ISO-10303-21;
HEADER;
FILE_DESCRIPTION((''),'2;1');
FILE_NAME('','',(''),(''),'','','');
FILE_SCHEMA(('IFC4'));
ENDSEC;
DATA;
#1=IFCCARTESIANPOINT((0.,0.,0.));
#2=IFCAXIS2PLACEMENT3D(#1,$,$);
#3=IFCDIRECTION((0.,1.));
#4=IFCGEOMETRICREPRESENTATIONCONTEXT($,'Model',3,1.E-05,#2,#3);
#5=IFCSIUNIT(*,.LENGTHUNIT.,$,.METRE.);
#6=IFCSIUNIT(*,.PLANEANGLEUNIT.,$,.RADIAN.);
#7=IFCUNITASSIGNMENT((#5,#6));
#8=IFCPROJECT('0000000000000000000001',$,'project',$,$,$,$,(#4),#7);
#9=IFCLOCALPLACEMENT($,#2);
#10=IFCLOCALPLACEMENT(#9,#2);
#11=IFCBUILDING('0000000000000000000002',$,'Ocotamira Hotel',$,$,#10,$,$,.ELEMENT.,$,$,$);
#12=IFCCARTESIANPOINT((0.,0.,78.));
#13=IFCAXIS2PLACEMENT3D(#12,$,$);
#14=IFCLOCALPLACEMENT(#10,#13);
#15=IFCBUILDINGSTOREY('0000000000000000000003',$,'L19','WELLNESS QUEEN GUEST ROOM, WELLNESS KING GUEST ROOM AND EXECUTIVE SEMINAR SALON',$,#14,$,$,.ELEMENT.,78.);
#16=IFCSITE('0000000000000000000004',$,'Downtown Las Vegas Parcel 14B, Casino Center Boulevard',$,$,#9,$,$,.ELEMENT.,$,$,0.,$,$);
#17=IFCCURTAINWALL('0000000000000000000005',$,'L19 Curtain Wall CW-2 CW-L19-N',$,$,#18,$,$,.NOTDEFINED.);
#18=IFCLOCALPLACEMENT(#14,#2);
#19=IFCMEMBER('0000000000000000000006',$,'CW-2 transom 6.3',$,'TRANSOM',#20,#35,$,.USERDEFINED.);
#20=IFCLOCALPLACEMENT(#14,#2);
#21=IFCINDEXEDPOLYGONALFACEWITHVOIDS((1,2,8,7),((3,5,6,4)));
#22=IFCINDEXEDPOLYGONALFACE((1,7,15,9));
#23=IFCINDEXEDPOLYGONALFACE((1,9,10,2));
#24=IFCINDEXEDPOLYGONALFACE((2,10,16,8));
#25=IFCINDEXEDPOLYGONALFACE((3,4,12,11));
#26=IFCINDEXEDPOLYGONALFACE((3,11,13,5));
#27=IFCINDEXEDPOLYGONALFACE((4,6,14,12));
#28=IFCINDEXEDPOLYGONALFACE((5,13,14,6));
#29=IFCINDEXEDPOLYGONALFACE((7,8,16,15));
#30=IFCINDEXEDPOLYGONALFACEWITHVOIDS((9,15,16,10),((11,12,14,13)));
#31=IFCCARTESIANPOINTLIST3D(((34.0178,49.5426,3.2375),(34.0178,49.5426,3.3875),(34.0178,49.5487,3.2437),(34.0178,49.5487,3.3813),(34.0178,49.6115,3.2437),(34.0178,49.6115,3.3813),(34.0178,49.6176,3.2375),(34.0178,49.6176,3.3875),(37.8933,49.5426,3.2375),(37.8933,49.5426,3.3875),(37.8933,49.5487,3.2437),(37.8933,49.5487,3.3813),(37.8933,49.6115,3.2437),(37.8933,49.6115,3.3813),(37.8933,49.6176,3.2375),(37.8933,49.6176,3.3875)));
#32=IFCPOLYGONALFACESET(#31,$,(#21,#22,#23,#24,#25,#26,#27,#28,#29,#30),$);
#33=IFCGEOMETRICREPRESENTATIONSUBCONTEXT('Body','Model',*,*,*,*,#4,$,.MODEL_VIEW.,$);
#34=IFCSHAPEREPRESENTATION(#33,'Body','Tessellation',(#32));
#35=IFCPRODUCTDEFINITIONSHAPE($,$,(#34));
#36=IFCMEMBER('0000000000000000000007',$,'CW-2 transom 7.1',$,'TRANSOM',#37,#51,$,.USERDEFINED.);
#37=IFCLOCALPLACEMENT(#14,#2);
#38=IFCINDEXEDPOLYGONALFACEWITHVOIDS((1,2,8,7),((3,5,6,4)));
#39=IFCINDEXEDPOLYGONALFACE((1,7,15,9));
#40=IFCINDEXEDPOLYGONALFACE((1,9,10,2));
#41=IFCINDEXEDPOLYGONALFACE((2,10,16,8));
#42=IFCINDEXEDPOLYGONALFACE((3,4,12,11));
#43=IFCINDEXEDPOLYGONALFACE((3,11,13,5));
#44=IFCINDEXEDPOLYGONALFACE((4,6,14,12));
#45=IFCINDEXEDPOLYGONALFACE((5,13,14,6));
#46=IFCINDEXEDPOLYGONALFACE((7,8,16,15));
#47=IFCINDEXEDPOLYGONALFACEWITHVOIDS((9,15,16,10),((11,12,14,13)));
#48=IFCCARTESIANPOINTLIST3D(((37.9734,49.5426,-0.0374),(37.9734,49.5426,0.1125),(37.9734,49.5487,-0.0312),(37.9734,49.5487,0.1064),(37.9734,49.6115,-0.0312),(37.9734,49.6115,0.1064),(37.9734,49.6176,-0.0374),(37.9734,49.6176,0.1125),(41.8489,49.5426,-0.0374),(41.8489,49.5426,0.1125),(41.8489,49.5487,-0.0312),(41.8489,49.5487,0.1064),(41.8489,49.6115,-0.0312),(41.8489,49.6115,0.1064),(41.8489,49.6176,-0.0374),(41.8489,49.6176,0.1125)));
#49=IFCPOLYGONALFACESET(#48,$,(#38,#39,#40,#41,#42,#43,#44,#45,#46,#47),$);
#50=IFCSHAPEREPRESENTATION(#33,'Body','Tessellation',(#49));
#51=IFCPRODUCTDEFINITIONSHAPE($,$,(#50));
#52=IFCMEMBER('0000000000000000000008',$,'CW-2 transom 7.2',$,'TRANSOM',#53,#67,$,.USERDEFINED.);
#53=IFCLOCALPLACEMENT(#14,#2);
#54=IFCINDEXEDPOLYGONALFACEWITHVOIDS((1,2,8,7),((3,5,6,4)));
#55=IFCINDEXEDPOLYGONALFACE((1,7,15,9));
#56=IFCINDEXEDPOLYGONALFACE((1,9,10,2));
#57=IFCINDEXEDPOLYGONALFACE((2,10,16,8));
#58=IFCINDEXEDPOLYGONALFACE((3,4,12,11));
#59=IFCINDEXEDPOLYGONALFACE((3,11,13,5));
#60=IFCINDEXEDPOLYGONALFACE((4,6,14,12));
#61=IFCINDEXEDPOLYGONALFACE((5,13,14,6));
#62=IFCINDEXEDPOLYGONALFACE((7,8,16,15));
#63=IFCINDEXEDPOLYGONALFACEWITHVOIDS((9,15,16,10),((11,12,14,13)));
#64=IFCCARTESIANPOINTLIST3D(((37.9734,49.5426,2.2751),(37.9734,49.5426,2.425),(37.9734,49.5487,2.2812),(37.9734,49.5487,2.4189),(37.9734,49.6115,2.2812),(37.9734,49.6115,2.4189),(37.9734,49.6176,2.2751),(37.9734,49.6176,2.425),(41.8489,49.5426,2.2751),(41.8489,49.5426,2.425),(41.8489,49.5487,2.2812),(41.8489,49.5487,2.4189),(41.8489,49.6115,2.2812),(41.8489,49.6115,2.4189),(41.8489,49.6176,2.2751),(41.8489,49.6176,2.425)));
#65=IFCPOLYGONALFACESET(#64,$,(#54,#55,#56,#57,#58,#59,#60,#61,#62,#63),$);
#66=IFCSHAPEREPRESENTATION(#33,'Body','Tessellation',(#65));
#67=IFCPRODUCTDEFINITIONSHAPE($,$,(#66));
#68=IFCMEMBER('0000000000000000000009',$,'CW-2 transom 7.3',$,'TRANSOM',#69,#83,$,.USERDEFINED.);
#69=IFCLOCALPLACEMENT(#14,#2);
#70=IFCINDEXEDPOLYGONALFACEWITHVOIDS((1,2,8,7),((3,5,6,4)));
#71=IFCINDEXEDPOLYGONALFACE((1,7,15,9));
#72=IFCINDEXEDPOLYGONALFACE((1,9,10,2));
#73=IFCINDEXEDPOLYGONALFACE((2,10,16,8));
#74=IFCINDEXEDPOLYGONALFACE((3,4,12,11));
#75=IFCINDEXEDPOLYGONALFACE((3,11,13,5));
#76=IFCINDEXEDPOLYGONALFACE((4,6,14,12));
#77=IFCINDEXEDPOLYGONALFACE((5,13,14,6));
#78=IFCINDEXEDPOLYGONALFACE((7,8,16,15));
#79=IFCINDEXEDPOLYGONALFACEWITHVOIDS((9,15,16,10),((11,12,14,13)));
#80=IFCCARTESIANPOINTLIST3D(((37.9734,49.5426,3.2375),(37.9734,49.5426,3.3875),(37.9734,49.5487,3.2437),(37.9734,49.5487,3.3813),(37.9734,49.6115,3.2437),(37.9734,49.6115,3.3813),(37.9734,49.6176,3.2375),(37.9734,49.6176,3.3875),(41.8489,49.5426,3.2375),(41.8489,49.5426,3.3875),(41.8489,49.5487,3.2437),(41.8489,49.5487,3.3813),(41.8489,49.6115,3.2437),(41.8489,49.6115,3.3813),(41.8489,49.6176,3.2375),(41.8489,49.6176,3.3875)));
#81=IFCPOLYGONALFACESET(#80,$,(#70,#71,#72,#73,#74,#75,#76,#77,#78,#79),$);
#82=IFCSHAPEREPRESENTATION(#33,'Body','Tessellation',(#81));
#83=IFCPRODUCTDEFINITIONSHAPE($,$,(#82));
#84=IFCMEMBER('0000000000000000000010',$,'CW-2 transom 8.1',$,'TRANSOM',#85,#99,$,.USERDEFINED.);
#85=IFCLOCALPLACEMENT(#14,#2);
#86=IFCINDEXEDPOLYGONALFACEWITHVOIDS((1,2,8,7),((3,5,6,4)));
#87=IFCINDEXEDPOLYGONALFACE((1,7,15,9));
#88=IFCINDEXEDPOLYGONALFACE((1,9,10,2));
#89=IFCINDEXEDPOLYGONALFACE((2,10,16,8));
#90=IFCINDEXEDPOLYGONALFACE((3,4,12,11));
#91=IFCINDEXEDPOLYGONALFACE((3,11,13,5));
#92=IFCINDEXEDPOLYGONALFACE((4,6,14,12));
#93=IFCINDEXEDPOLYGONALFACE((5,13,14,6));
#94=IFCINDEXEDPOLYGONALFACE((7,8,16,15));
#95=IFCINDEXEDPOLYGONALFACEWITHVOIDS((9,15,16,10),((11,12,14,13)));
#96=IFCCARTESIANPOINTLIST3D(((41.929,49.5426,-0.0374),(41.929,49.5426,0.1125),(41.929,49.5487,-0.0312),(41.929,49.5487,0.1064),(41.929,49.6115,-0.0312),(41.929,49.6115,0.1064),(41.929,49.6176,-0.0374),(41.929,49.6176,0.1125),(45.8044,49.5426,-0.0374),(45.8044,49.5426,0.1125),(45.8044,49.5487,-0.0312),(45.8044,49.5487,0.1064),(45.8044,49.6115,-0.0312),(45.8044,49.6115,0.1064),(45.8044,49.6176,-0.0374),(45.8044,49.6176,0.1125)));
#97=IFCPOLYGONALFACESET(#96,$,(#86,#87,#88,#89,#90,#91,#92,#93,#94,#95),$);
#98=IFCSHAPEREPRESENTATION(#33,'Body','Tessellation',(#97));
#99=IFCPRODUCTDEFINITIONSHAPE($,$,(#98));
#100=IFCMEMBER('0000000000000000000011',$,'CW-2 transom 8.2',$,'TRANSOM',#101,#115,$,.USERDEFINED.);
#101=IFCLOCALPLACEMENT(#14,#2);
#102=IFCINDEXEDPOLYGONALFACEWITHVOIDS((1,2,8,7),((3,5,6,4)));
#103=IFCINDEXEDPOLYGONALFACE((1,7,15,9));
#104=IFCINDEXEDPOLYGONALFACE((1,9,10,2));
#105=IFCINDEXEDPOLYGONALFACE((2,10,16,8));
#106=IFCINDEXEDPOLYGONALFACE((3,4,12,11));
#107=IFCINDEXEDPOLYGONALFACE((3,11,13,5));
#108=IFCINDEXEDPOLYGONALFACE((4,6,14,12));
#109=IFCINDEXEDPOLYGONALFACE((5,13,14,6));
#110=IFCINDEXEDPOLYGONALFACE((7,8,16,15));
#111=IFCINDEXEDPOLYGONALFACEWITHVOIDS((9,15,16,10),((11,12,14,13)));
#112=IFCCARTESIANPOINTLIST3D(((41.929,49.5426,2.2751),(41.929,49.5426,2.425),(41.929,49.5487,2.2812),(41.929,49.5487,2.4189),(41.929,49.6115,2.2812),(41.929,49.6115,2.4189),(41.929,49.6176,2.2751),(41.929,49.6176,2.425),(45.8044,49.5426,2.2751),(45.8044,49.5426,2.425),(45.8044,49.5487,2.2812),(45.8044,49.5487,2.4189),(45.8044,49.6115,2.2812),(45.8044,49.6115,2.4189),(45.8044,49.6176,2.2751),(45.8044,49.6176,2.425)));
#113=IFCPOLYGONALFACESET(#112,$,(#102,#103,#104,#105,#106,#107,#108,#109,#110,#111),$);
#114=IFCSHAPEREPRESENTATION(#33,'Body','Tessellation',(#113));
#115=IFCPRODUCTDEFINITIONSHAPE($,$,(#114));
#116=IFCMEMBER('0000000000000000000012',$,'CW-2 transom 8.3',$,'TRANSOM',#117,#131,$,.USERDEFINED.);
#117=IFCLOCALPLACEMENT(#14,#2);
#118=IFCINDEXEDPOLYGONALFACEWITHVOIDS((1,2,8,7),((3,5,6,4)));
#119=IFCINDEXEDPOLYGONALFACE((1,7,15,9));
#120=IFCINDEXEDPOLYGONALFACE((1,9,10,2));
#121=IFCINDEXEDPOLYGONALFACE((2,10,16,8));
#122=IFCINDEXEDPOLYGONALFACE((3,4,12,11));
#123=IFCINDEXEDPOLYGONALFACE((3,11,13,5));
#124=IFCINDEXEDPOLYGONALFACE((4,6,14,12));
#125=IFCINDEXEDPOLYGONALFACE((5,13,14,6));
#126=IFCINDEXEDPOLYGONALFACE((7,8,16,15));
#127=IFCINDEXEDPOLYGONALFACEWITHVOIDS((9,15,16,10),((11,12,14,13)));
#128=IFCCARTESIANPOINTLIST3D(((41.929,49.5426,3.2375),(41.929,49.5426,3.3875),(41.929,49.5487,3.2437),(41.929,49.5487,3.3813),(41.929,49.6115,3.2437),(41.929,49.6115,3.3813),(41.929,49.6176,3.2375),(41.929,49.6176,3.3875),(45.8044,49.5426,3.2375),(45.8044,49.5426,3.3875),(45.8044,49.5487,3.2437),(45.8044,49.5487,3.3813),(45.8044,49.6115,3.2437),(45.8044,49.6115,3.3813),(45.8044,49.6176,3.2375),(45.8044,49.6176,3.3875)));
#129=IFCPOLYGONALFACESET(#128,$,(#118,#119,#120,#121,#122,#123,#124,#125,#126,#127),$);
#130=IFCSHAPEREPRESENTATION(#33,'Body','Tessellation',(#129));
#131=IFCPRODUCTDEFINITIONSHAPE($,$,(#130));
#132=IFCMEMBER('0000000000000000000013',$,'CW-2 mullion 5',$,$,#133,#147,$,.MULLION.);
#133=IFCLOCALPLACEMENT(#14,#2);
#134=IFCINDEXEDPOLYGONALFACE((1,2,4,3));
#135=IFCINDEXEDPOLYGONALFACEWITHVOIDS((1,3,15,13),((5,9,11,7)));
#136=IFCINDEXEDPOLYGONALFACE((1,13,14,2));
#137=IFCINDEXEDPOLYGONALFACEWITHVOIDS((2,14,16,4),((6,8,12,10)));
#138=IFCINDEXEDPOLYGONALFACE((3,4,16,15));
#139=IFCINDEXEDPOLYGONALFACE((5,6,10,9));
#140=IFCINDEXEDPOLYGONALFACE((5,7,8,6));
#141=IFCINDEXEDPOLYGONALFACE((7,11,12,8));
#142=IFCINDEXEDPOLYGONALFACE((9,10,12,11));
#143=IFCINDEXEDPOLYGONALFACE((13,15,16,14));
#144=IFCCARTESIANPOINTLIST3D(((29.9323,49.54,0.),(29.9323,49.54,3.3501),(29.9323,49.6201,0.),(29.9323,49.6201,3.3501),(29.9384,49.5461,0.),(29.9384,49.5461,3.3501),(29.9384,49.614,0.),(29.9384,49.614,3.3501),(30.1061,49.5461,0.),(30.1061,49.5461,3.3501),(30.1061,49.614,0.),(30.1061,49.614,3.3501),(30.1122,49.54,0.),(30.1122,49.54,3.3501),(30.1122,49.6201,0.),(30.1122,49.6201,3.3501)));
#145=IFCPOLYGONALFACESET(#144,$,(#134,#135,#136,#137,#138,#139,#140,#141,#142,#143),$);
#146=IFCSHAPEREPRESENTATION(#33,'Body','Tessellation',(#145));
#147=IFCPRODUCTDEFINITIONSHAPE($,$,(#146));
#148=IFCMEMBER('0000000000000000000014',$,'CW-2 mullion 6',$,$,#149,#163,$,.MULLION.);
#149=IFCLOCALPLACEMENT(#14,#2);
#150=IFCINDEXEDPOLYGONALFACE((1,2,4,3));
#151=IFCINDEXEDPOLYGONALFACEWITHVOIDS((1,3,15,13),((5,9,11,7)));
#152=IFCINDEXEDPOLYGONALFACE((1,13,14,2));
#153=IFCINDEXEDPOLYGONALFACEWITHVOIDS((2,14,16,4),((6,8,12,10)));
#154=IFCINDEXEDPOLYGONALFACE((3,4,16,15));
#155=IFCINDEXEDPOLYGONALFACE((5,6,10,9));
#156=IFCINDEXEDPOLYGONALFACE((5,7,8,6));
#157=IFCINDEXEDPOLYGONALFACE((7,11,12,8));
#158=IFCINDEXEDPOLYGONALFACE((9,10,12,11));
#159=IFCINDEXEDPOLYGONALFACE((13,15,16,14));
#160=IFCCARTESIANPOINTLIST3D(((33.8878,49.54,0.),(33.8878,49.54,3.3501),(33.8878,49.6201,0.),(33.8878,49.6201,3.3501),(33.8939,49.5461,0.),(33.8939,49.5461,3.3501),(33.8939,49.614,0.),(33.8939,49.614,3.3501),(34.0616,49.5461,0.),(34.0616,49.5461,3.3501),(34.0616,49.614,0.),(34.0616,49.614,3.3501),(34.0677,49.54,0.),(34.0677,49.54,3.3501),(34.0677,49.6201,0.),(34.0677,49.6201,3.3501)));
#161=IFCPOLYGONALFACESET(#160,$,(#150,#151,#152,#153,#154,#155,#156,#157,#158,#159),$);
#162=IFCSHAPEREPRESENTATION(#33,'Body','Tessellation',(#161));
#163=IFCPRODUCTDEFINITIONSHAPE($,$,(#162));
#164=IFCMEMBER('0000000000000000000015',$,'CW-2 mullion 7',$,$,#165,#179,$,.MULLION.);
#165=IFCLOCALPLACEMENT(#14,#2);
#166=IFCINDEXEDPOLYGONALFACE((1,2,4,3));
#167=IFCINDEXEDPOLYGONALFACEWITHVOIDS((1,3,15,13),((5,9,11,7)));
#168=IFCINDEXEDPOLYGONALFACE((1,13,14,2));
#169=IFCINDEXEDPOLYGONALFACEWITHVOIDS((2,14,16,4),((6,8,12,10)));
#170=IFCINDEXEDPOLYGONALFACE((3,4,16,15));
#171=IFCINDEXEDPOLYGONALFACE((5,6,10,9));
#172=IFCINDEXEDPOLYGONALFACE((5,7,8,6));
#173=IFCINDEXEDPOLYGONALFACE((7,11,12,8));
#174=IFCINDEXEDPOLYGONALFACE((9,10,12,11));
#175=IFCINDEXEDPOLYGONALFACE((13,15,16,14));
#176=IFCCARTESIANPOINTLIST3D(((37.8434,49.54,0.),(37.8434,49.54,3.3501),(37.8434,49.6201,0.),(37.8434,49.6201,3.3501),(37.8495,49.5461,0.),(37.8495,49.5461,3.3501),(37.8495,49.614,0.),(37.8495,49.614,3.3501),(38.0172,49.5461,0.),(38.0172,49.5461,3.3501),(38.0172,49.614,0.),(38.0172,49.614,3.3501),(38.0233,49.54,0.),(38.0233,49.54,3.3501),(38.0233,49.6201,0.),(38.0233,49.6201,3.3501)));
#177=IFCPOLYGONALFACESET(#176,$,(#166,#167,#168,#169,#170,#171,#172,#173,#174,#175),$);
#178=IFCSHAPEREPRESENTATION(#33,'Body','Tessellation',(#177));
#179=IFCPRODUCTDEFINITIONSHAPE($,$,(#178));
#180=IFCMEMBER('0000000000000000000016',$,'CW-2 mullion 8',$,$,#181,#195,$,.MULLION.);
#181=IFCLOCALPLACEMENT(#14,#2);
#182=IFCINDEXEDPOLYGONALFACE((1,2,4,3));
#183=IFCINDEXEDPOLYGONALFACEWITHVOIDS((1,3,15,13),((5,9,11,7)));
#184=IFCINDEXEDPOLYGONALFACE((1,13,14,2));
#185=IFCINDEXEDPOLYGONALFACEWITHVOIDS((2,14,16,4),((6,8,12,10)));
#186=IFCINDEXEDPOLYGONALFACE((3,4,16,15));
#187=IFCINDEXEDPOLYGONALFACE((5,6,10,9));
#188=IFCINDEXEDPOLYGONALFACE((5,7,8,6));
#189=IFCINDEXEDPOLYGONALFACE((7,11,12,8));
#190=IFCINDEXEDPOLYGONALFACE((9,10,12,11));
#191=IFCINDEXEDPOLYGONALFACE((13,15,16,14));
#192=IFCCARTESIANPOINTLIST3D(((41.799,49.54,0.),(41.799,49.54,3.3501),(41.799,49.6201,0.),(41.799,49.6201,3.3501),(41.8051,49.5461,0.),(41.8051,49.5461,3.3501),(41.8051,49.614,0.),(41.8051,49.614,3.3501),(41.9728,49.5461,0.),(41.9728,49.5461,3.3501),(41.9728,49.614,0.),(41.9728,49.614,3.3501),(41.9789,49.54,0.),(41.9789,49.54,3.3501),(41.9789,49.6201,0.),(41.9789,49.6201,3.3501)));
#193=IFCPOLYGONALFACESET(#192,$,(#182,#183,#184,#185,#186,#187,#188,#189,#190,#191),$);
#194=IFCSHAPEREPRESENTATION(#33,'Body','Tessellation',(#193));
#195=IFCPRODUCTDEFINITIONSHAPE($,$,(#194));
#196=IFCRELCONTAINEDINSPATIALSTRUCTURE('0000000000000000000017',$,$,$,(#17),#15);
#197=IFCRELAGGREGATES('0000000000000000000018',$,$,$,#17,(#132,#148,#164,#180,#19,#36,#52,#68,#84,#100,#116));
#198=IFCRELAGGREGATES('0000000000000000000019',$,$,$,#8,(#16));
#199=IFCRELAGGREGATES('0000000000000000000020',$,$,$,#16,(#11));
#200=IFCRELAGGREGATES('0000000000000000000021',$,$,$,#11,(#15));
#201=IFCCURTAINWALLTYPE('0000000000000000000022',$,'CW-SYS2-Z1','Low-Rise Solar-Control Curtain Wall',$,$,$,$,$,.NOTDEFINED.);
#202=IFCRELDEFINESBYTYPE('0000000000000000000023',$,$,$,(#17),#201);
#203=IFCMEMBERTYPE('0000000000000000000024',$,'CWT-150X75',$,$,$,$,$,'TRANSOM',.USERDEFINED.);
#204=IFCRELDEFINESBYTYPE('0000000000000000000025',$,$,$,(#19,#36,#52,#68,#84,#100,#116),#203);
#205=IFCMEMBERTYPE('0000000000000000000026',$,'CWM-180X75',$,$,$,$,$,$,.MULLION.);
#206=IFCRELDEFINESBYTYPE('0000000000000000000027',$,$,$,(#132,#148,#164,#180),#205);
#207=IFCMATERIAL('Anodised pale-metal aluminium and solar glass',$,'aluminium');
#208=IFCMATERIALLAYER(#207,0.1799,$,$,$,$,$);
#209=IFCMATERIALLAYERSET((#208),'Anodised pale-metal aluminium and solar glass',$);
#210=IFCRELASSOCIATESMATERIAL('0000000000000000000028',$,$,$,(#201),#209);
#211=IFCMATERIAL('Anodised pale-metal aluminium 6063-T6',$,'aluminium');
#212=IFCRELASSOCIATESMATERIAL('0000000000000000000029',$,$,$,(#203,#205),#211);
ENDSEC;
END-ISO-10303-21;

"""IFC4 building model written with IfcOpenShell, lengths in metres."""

from ifc_helpers import new_model, si_unit, direction, frame, origin, origin_2d, place, context, subcontext, project, spatial, hollow_rectangle, extrude, source, transform, mapped, material, layer, layer_set, material_profile, profile_set, type_object, element, aggregate, save


model = new_model("IFC4")

# Units and contexts
model_context = context("Model", 3, precision=1e-05, world=origin(), true_north=direction((0.0, 1.0)))
body_context = subcontext(model_context, "Body", "Model", "MODEL_VIEW")
ifc_project = project(units=[si_unit("LENGTHUNIT", "METRE"), si_unit("PLANEANGLEUNIT", "RADIAN")], contexts=[model_context])

# Site, building, storey
site_placement = place(None, origin())
site = spatial("IfcSite", under=ifc_project, at=site_placement, Name="Downtown Las Vegas Parcel 14B, Casino Center Boulevard", CompositionType="ELEMENT", RefElevation=0.0)
building_placement = place(site_placement, origin())
building = spatial("IfcBuilding", under=site, at=building_placement, Name="Ocotamira Hotel", CompositionType="ELEMENT")
storey_placement = place(building_placement, frame((0.0, 0.0, 78.0)))
storey = spatial("IfcBuildingStorey", under=building, at=storey_placement, Name="L19", Description="WELLNESS QUEEN GUEST ROOM, WELLNESS KING GUEST ROOM AND EXECUTIVE SEMINAR SALON", CompositionType="ELEMENT", Elevation=78.0)

# Curtain wall, members
ifc_material_1 = material(Name="Anodised pale-metal aluminium and solar glass", Category="aluminium")
ifc_layer_1 = layer(ifc_material_1, 0.1799)
ifc_layer_set_1 = layer_set([ifc_layer_1], Name="Anodised pale-metal aluminium and solar glass")
curtain_wall_type = type_object("IfcCurtainWallType", Name="CW-SYS2-Z1", Description="Low-Rise Solar-Control Curtain Wall", PredefinedType="NOTDEFINED", material=ifc_layer_set_1)
curtain_wall_placement = place(storey_placement, origin())
curtain_wall = element("IfcCurtainWall", 1, at=curtain_wall_placement, inside=storey, type_object=curtain_wall_type, Name="L19 Curtain Wall CW-2 CW-L19-N", PredefinedType="NOTDEFINED")
ifc_material_2 = material(Name="Anodised pale-metal aluminium 6063-T6", Category="aluminium")
ifc_material_profile_1 = material_profile(ifc_material_2, hollow_rectangle(XDim=0.075, YDim=0.1499, WallThickness=0.0061, at=origin_2d()), Name="HSS150X75X6")
ifc_profile_set_1 = profile_set([ifc_material_profile_1], Name="Anodised pale-metal aluminium 6063-T6")
member_type_1 = type_object("IfcMemberType", Name="CWT-150X75", ElementType="TRANSOM", PredefinedType="USERDEFINED", material=ifc_profile_set_1)
shared_shape_1 = source(origin(), body_context, "Body", "SweptSolid", [
    extrude(hollow_rectangle(XDim=0.075, YDim=0.1499, WallThickness=0.0061, at=origin_2d()), origin(), (0.0, 0.0, 1.0), 3.8755),
])
member_1_placement = place(storey_placement, frame((34.0178, 49.5801, 3.3125), z_axis=(1.0, 0.0, 0.0), x_axis=(0.0, 1.0, 0.0)))
member_1 = element("IfcMember", 2, at=member_1_placement, type_object=member_type_1, Name="CW-2 transom 6.3", ObjectType="TRANSOM", PredefinedType="USERDEFINED", context=body_context, shape_type="MappedRepresentation", body=[
    mapped(shared_shape_1, transform((0.0, 0.0, 0.0), scale=1.0)),
])
member_2_placement = place(storey_placement, frame((37.9734, 49.5801, 0.0376), z_axis=(1.0, 0.0, 0.0), x_axis=(0.0, 1.0, 0.0)))
member_2 = element("IfcMember", 3, at=member_2_placement, type_object=member_type_1, Name="CW-2 transom 7.1", ObjectType="TRANSOM", PredefinedType="USERDEFINED", context=body_context, shape_type="MappedRepresentation", body=[
    mapped(shared_shape_1, transform((0.0, 0.0, 0.0), scale=1.0)),
])
member_3_placement = place(storey_placement, frame((37.9734, 49.5801, 2.3501), z_axis=(1.0, 0.0, 0.0), x_axis=(0.0, 1.0, 0.0)))
member_3 = element("IfcMember", 4, at=member_3_placement, type_object=member_type_1, Name="CW-2 transom 7.2", ObjectType="TRANSOM", PredefinedType="USERDEFINED", context=body_context, shape_type="MappedRepresentation", body=[
    mapped(shared_shape_1, transform((0.0, 0.0, 0.0), scale=1.0)),
])
member_4_placement = place(storey_placement, frame((37.9734, 49.5801, 3.3125), z_axis=(1.0, 0.0, 0.0), x_axis=(0.0, 1.0, 0.0)))
member_4 = element("IfcMember", 5, at=member_4_placement, type_object=member_type_1, Name="CW-2 transom 7.3", ObjectType="TRANSOM", PredefinedType="USERDEFINED", context=body_context, shape_type="MappedRepresentation", body=[
    mapped(shared_shape_1, transform((0.0, 0.0, 0.0), scale=1.0)),
])
member_5_placement = place(storey_placement, frame((41.929, 49.5801, 0.0376), z_axis=(1.0, 0.0, 0.0), x_axis=(0.0, 1.0, 0.0)))
member_5 = element("IfcMember", 6, at=member_5_placement, type_object=member_type_1, Name="CW-2 transom 8.1", ObjectType="TRANSOM", PredefinedType="USERDEFINED", context=body_context, shape_type="MappedRepresentation", body=[
    mapped(shared_shape_1, transform((0.0, 0.0, 0.0), scale=1.0)),
])
member_6_placement = place(storey_placement, frame((41.929, 49.5801, 2.3501), z_axis=(1.0, 0.0, 0.0), x_axis=(0.0, 1.0, 0.0)))
member_6 = element("IfcMember", 7, at=member_6_placement, type_object=member_type_1, Name="CW-2 transom 8.2", ObjectType="TRANSOM", PredefinedType="USERDEFINED", context=body_context, shape_type="MappedRepresentation", body=[
    mapped(shared_shape_1, transform((0.0, 0.0, 0.0), scale=1.0)),
])
member_7_placement = place(storey_placement, frame((41.929, 49.5801, 3.3125), z_axis=(1.0, 0.0, 0.0), x_axis=(0.0, 1.0, 0.0)))
member_7 = element("IfcMember", 8, at=member_7_placement, type_object=member_type_1, Name="CW-2 transom 8.3", ObjectType="TRANSOM", PredefinedType="USERDEFINED", context=body_context, shape_type="MappedRepresentation", body=[
    mapped(shared_shape_1, transform((0.0, 0.0, 0.0), scale=1.0)),
])
ifc_material_profile_2 = material_profile(ifc_material_2, hollow_rectangle(XDim=0.0801, YDim=0.1799, WallThickness=0.0061, at=origin_2d()), Name="HSS180X80X6")
ifc_profile_set_2 = profile_set([ifc_material_profile_2], Name="Anodised pale-metal aluminium 6063-T6")
member_type_2 = type_object("IfcMemberType", Name="CWM-180X75", PredefinedType="MULLION", material=ifc_profile_set_2)
shared_shape_2 = source(origin(), body_context, "Body", "SweptSolid", [
    extrude(hollow_rectangle(XDim=0.0801, YDim=0.1799, WallThickness=0.0061, at=origin_2d()), origin(), (0.0, 0.0, 1.0), 3.3501),
])
member_8_placement = place(storey_placement, frame((30.0222, 49.5801, 0.0), z_axis=(0.0, 0.0, 1.0), x_axis=(0.0, 1.0, 0.0)))
member_8 = element("IfcMember", 9, at=member_8_placement, type_object=member_type_2, Name="CW-2 mullion 5", PredefinedType="MULLION", context=body_context, shape_type="MappedRepresentation", body=[
    mapped(shared_shape_2, transform((0.0, 0.0, 0.0), scale=1.0)),
])
member_9_placement = place(storey_placement, frame((33.9778, 49.5801, 0.0), z_axis=(0.0, 0.0, 1.0), x_axis=(0.0, 1.0, 0.0)))
member_9 = element("IfcMember", 10, at=member_9_placement, type_object=member_type_2, Name="CW-2 mullion 6", PredefinedType="MULLION", context=body_context, shape_type="MappedRepresentation", body=[
    mapped(shared_shape_2, transform((0.0, 0.0, 0.0), scale=1.0)),
])
member_10_placement = place(storey_placement, frame((37.9333, 49.5801, 0.0), z_axis=(0.0, 0.0, 1.0), x_axis=(0.0, 1.0, 0.0)))
member_10 = element("IfcMember", 11, at=member_10_placement, type_object=member_type_2, Name="CW-2 mullion 7", PredefinedType="MULLION", context=body_context, shape_type="MappedRepresentation", body=[
    mapped(shared_shape_2, transform((0.0, 0.0, 0.0), scale=1.0)),
])
member_11_placement = place(storey_placement, frame((41.8889, 49.5801, 0.0), z_axis=(0.0, 0.0, 1.0), x_axis=(0.0, 1.0, 0.0)))
member_11 = element("IfcMember", 12, at=member_11_placement, type_object=member_type_2, Name="CW-2 mullion 8", PredefinedType="MULLION", context=body_context, shape_type="MappedRepresentation", body=[
    mapped(shared_shape_2, transform((0.0, 0.0, 0.0), scale=1.0)),
])

aggregate(curtain_wall, [member_8, member_9, member_10, member_11, member_1, member_2, member_3, member_4, member_5, member_6, member_7])

save(model, "model.ifc")
